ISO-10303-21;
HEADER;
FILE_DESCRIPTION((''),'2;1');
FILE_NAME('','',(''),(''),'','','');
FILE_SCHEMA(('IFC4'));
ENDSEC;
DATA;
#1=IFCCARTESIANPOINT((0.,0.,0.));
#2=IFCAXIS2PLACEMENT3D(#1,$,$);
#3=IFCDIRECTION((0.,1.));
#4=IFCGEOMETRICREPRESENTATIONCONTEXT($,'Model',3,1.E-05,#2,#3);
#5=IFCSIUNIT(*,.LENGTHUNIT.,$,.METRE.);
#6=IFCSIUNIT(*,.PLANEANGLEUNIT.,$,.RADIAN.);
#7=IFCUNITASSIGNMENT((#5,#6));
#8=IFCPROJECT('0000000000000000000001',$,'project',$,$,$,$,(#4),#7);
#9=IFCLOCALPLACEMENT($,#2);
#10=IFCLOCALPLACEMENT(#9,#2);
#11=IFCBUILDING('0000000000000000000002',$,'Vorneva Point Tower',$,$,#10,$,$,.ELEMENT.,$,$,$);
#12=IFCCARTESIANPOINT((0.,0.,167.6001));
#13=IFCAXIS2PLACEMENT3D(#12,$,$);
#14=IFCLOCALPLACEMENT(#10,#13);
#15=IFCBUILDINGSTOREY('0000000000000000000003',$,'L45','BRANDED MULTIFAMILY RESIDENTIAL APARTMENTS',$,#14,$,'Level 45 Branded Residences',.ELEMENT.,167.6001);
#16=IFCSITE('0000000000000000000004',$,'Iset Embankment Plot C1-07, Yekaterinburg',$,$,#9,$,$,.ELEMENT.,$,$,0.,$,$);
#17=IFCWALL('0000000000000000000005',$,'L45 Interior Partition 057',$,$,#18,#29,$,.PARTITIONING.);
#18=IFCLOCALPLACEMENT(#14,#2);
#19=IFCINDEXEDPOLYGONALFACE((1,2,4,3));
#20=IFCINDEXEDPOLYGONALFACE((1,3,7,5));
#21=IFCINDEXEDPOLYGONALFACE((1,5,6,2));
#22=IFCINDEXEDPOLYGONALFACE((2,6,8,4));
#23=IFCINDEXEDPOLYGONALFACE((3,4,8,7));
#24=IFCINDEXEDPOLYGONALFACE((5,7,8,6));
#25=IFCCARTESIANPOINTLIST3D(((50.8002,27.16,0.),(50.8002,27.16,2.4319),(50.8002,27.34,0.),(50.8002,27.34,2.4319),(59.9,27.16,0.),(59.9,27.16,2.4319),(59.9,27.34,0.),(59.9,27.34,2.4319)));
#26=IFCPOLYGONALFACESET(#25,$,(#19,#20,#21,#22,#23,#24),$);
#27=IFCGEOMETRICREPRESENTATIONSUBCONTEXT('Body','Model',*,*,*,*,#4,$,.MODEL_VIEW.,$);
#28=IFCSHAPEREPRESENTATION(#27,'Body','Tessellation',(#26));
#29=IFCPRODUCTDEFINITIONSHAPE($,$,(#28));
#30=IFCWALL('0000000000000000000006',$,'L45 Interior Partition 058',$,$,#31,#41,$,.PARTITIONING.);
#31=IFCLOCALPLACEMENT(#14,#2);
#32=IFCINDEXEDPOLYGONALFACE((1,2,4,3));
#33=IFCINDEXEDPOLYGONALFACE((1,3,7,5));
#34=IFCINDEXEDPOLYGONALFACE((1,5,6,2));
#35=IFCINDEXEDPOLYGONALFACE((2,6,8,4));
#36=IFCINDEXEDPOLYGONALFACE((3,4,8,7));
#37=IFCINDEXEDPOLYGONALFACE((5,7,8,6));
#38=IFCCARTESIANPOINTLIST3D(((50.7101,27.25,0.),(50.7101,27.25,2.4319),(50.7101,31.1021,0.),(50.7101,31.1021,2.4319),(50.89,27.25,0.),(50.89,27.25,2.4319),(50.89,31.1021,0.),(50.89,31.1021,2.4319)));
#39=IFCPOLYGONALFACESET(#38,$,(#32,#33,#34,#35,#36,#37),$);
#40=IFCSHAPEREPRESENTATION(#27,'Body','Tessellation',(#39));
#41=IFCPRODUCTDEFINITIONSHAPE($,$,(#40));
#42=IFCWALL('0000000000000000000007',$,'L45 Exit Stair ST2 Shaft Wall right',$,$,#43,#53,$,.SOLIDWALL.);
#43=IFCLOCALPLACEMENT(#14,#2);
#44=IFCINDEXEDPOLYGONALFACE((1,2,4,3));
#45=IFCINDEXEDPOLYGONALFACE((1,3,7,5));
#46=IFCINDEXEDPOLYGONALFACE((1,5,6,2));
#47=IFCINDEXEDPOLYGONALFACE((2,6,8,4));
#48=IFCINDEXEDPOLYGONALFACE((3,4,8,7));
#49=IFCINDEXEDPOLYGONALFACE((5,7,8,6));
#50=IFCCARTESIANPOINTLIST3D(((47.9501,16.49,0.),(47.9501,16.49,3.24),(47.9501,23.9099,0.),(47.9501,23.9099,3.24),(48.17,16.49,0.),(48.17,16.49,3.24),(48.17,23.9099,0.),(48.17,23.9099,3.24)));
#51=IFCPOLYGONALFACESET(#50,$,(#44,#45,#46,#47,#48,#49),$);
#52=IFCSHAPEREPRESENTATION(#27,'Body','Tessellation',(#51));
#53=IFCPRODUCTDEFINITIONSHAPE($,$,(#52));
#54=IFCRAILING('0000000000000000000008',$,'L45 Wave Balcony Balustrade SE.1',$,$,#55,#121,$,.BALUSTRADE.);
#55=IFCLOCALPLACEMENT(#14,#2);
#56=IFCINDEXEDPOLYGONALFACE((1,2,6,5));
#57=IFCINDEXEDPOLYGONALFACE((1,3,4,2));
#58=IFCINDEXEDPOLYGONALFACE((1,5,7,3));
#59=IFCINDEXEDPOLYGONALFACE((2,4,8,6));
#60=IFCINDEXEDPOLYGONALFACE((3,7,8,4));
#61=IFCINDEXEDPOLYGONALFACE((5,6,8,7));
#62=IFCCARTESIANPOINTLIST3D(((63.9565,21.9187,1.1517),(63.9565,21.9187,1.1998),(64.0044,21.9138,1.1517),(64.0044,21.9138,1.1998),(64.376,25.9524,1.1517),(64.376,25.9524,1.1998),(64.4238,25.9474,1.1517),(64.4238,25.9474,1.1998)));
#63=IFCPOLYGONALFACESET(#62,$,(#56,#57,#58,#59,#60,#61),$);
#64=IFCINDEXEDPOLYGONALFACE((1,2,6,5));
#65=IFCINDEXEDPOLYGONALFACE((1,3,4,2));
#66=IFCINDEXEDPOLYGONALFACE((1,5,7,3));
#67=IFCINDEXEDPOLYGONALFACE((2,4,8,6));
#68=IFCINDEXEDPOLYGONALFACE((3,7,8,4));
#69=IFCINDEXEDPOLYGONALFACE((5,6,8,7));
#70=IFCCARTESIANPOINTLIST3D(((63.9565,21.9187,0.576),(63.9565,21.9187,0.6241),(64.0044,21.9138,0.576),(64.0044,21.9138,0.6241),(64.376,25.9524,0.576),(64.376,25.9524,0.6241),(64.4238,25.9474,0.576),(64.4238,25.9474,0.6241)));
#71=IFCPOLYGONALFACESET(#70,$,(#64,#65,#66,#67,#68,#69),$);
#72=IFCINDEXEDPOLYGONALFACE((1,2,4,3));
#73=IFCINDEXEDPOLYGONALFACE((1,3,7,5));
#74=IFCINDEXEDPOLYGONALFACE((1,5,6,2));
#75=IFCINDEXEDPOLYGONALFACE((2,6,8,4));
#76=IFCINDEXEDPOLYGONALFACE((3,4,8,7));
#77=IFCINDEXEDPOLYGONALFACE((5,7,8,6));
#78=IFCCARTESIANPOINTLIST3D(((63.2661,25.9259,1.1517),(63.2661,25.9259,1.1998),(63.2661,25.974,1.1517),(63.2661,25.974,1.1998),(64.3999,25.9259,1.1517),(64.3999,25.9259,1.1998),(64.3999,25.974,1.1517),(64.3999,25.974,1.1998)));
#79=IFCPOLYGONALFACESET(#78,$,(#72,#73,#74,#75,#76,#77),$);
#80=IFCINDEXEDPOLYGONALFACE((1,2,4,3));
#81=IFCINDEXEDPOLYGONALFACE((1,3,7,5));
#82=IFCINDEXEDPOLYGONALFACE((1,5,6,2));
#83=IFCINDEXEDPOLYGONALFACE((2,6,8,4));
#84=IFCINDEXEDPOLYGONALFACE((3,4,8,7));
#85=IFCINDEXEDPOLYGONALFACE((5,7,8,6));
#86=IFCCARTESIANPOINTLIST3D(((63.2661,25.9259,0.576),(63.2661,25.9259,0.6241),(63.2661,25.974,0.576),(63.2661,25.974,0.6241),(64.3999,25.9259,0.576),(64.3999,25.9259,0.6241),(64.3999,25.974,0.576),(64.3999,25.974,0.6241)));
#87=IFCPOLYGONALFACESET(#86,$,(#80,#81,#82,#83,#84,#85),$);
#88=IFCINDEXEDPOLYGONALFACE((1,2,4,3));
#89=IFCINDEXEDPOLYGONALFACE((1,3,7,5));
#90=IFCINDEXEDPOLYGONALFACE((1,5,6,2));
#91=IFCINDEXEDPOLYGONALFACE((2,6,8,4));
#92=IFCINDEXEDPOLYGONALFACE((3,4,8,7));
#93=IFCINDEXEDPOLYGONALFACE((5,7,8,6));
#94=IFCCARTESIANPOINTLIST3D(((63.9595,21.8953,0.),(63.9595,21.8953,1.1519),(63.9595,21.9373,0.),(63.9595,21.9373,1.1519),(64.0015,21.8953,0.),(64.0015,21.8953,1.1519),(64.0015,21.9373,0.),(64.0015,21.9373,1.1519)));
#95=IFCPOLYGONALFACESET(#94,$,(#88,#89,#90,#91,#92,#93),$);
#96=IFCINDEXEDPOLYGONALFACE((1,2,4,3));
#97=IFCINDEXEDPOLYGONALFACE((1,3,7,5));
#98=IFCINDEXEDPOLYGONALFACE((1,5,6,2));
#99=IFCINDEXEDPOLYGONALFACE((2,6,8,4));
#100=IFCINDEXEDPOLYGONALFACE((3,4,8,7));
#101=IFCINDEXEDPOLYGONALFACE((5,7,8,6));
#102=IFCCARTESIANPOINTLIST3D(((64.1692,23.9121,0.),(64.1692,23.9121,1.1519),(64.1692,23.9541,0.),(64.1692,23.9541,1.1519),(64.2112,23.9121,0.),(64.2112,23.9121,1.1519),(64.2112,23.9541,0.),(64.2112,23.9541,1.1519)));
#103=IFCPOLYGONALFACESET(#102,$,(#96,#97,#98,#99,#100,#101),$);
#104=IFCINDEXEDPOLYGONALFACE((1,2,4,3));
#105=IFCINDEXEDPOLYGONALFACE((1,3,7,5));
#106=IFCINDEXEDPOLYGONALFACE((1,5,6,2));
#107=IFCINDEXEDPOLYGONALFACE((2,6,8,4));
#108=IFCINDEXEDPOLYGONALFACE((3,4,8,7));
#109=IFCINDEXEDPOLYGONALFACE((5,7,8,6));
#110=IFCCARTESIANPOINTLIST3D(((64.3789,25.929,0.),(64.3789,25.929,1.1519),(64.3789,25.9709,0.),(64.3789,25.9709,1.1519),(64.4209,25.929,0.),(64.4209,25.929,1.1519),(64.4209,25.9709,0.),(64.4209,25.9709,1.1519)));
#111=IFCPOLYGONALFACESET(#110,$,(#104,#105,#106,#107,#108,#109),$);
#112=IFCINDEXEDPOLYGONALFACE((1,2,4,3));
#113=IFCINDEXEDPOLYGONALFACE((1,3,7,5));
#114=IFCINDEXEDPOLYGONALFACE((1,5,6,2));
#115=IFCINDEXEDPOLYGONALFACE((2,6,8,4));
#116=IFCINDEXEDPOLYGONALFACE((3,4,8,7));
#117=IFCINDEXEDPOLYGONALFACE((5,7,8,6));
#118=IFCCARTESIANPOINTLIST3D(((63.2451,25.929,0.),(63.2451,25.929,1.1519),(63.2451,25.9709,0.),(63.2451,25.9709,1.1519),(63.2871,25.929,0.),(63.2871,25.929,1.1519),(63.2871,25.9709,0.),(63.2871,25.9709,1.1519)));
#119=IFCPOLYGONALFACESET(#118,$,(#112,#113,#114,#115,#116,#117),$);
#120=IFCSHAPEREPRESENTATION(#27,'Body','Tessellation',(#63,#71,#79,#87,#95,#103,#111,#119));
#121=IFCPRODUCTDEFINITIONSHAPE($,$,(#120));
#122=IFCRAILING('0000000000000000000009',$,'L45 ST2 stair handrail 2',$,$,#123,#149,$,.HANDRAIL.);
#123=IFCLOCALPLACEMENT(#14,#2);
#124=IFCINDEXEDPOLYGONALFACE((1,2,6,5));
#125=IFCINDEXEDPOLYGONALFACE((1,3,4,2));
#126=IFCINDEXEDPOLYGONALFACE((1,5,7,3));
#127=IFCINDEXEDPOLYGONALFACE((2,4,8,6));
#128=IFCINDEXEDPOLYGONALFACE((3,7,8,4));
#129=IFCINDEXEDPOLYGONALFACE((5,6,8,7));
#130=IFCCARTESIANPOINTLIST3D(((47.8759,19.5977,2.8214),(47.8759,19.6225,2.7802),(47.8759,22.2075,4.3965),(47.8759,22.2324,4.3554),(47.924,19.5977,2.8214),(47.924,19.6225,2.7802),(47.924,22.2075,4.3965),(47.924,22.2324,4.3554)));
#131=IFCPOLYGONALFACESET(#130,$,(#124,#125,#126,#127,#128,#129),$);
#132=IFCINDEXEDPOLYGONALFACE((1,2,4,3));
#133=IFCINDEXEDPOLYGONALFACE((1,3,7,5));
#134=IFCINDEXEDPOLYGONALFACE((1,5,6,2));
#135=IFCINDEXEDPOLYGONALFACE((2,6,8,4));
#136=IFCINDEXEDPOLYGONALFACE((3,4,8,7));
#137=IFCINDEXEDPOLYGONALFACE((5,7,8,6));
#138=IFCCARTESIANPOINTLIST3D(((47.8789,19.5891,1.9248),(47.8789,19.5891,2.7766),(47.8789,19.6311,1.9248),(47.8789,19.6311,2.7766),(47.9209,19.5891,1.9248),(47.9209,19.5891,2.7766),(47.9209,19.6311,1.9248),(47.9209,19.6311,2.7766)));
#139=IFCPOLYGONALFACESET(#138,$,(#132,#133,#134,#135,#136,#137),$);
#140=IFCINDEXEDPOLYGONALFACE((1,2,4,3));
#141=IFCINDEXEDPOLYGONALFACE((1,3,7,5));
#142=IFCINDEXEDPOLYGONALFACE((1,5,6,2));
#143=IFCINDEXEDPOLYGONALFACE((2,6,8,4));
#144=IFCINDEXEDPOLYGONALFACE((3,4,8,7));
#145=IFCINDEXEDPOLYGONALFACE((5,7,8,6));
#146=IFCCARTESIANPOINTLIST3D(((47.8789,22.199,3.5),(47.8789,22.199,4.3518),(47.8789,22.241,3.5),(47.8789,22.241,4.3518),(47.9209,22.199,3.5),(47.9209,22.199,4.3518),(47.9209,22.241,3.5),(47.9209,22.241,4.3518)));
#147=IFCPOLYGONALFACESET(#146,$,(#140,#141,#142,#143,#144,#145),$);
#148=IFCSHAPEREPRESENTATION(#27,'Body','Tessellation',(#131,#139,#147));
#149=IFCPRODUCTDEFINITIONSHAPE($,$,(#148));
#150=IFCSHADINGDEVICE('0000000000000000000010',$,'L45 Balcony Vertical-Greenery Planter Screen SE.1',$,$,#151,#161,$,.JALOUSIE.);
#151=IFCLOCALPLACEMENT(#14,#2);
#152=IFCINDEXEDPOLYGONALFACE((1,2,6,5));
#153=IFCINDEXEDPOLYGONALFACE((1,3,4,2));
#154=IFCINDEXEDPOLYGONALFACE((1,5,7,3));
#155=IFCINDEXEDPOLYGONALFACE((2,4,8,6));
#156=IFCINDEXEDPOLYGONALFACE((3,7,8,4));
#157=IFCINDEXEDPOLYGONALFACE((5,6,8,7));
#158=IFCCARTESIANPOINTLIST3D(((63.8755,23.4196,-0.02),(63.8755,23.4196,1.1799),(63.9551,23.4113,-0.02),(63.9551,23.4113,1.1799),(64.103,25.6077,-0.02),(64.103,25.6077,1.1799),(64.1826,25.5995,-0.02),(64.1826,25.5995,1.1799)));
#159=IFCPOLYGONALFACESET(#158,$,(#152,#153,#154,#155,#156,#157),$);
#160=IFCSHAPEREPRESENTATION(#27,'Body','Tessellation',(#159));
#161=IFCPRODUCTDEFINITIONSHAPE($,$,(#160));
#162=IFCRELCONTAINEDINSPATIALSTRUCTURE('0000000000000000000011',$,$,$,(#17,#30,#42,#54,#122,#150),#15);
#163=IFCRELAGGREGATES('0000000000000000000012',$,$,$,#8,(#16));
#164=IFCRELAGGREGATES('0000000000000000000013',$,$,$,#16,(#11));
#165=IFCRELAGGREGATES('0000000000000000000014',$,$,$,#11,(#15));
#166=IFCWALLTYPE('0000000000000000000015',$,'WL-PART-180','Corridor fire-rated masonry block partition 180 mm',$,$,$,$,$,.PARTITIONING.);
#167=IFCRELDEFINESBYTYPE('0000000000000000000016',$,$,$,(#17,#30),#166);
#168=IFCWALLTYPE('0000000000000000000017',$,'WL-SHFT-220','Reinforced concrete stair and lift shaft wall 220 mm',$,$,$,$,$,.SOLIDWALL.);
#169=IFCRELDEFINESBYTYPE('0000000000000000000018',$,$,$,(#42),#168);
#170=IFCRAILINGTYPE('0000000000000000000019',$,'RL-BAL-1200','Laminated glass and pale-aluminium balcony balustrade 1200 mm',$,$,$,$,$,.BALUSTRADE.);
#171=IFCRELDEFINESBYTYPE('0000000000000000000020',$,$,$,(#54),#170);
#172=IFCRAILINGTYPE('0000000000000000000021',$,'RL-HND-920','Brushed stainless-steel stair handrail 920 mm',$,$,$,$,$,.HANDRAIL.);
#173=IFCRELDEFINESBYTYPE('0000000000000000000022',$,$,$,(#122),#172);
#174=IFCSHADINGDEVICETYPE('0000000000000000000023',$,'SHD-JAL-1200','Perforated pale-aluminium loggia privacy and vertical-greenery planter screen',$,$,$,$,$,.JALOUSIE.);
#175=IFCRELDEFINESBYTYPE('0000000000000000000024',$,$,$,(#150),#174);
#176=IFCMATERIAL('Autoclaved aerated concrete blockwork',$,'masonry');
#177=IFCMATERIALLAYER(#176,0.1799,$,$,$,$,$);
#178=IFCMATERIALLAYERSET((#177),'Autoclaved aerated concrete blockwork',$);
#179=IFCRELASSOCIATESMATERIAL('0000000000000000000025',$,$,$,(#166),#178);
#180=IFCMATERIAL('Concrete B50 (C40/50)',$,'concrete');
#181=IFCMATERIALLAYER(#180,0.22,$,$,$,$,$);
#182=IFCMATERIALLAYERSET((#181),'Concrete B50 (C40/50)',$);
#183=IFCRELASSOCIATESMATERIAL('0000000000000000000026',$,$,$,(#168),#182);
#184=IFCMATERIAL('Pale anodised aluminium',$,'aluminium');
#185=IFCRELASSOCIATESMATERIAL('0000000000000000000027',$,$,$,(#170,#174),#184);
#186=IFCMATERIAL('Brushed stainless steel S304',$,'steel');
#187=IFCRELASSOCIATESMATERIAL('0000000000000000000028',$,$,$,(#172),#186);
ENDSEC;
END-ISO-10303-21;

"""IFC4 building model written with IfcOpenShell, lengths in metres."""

from ifc_helpers import new_model, si_unit, direction, frame, frame_2d, origin, origin_2d, place, context, subcontext, project, spatial, rectangle, extrude, material, layer, layer_set, type_object, element, save


model = new_model("IFC4")

# Units and contexts
model_context = context("Model", 3, precision=1e-05, world=origin(), true_north=direction((0.0, 1.0)))
body_context = subcontext(model_context, "Body", "Model", "MODEL_VIEW")
ifc_project = project(units=[si_unit("LENGTHUNIT", "METRE"), si_unit("PLANEANGLEUNIT", "RADIAN")], contexts=[model_context])

# Site, building, storey
site_placement = place(None, origin())
site = spatial("IfcSite", under=ifc_project, at=site_placement, Name="Iset Embankment Plot C1-07, Yekaterinburg", CompositionType="ELEMENT", RefElevation=0.0)
building_placement = place(site_placement, origin())
building = spatial("IfcBuilding", under=site, at=building_placement, Name="Vorneva Point Tower", CompositionType="ELEMENT")
storey_placement = place(building_placement, frame((0.0, 0.0, 167.6001)))
storey = spatial("IfcBuildingStorey", under=building, at=storey_placement, Name="L45", Description="BRANDED MULTIFAMILY RESIDENTIAL APARTMENTS", LongName="Level 45 Branded Residences", CompositionType="ELEMENT", Elevation=167.6001)

# Shared definitions
ifc_material_1 = material(Name="Pale anodised aluminium", Category="aluminium")

# Shared definitions
ifc_material_2 = material(Name="Autoclaved aerated concrete blockwork", Category="masonry")
ifc_layer_1 = layer(ifc_material_2, 0.1799)
ifc_layer_set_1 = layer_set([ifc_layer_1], Name="Autoclaved aerated concrete blockwork")
wall_type_1 = type_object("IfcWallType", Name="WL-PART-180", Description="Corridor fire-rated masonry block partition 180 mm", PredefinedType="PARTITIONING", material=ifc_layer_set_1)

# Walls
wall_1_placement = place(storey_placement, frame((59.8999, 27.25, 0.0), z_axis=(0.0, 0.0, 1.0), x_axis=(-1.0, 0.0, 0.0)))
element("IfcWall", 1, at=wall_1_placement, inside=storey, type_object=wall_type_1, Name="L45 Interior Partition 057", PredefinedType="PARTITIONING", context=body_context, shape_type="SweptSolid", body=[
    extrude(rectangle(XDim=9.0999, YDim=0.1799, at=frame_2d((4.5498, 0.0))), origin(), (0.0, 0.0, 1.0), 2.4319),
])
wall_2_placement = place(storey_placement, frame((50.8, 27.25, 0.0), z_axis=(0.0, 0.0, 1.0), x_axis=(0.0, 1.0, 0.0)))
element("IfcWall", 2, at=wall_2_placement, inside=storey, type_object=wall_type_1, Name="L45 Interior Partition 058", PredefinedType="PARTITIONING", context=body_context, shape_type="SweptSolid", body=[
    extrude(rectangle(XDim=3.8521, YDim=0.1799, at=frame_2d((1.926, 0.0))), origin(), (0.0, 0.0, 1.0), 2.4319),
])
ifc_material_3 = material(Name="Concrete B50 (C40/50)", Category="concrete")
ifc_layer_2 = layer(ifc_material_3, 0.22)
ifc_layer_set_2 = layer_set([ifc_layer_2], Name="Concrete B50 (C40/50)")
wall_type_2 = type_object("IfcWallType", Name="WL-SHFT-220", Description="Reinforced concrete stair and lift shaft wall 220 mm", PredefinedType="SOLIDWALL", material=ifc_layer_set_2)
wall_3_placement = place(storey_placement, frame((48.0601, 23.9099, 0.0), z_axis=(0.0, 0.0, 1.0), x_axis=(0.0, -1.0, 0.0)))
element("IfcWall", 3, at=wall_3_placement, inside=storey, type_object=wall_type_2, Name="L45 Exit Stair ST2 Shaft Wall right", PredefinedType="SOLIDWALL", context=body_context, shape_type="SweptSolid", body=[
    extrude(rectangle(XDim=7.4199, YDim=0.22, at=frame_2d((3.71, 0.0))), origin(), (0.0, 0.0, 1.0), 3.24),
])

# Railings
railing_type_1 = type_object("IfcRailingType", Name="RL-BAL-1200", Description="Laminated glass and pale-aluminium balcony balustrade 1200 mm", PredefinedType="BALUSTRADE", material=ifc_material_1)
railing_1_placement = place(storey_placement, frame((63.9805, 21.9163, 0.0)))
element("IfcRailing", 4, at=railing_1_placement, inside=storey, type_object=railing_type_1, Name="L45 Wave Balcony Balustrade SE.1", PredefinedType="BALUSTRADE", context=body_context, shape_type="SweptSolid", body=[
    extrude(rectangle(XDim=0.0481, YDim=0.0481, at=origin_2d()), frame((0.0, 0.0, 1.1758), z_axis=(0.103425, 0.994637, 0.0), x_axis=(-0.994637, 0.103425, 0.0)), (0.0, 0.0, 1.0), 4.0554),
    extrude(rectangle(XDim=0.0481, YDim=0.0481, at=origin_2d()), frame((0.0, 0.0, 0.6001), z_axis=(0.103425, 0.994637, 0.0), x_axis=(-0.994637, 0.103425, 0.0)), (0.0, 0.0, 1.0), 4.0554),
    extrude(rectangle(XDim=0.0481, YDim=0.0481, at=origin_2d()), frame((0.4194, 4.0337, 1.1758), z_axis=(-1.0, 0.0, 0.0), x_axis=(0.0, -1.0, 0.0)), (0.0, 0.0, 1.0), 1.1338),
    extrude(rectangle(XDim=0.0481, YDim=0.0481, at=origin_2d()), frame((0.4194, 4.0337, 0.6001), z_axis=(-1.0, 0.0, 0.0), x_axis=(0.0, -1.0, 0.0)), (0.0, 0.0, 1.0), 1.1338),
    extrude(rectangle(XDim=0.042, YDim=0.042, at=origin_2d()), origin(), (0.0, 0.0, 1.0), 1.1519),
    extrude(rectangle(XDim=0.042, YDim=0.042, at=origin_2d()), frame((0.2097, 2.0168, 0.0)), (0.0, 0.0, 1.0), 1.1519),
    extrude(rectangle(XDim=0.042, YDim=0.042, at=origin_2d()), frame((0.4194, 4.0337, 0.0)), (0.0, 0.0, 1.0), 1.1519),
    extrude(rectangle(XDim=0.042, YDim=0.042, at=origin_2d()), frame((-0.7144, 4.0337, 0.0)), (0.0, 0.0, 1.0), 1.1519),
])
ifc_material_4 = material(Name="Brushed stainless steel S304", Category="steel")
railing_type_2 = type_object("IfcRailingType", Name="RL-HND-920", Description="Brushed stainless-steel stair handrail 920 mm", PredefinedType="HANDRAIL", material=ifc_material_4)
railing_2_placement = place(storey_placement, frame((47.8999, 19.6101, 1.9248)))
element("IfcRailing", 5, at=railing_2_placement, inside=storey, type_object=railing_type_2, Name="L45 ST2 stair handrail 2", PredefinedType="HANDRAIL", context=body_context, shape_type="SweptSolid", body=[
    extrude(rectangle(XDim=0.0481, YDim=0.0481, at=origin_2d()), frame((0.0, 0.0, 0.876), z_axis=(0.0, 0.856147, 0.516732), x_axis=(-1.0, 0.0, 0.0)), (0.0, 0.0, 1.0), 3.0483),
    extrude(rectangle(XDim=0.042, YDim=0.042, at=origin_2d()), origin(), (0.0, 0.0, 1.0), 0.8518),
    extrude(rectangle(XDim=0.042, YDim=0.042, at=origin_2d()), frame((0.0, 2.6099, 1.5752)), (0.0, 0.0, 1.0), 0.8518),
])

# Shading device
shading_device_type = type_object("IfcShadingDeviceType", Name="SHD-JAL-1200", Description="Perforated pale-aluminium loggia privacy and vertical-greenery planter screen", PredefinedType="JALOUSIE", material=ifc_material_1)
shading_device_placement = place(storey_placement, frame((64.0291, 24.5095, -0.02), z_axis=(0.0, 0.0, 1.0), x_axis=(0.1034, 0.99464, 0.0)))
element("IfcShadingDevice", 6, at=shading_device_placement, inside=storey, type_object=shading_device_type, Name="L45 Balcony Vertical-Greenery Planter Screen SE.1", PredefinedType="JALOUSIE", context=body_context, shape_type="SweptSolid", body=[
    extrude(rectangle(XDim=2.2, YDim=0.0801, at=origin_2d()), origin(), (0.0, 0.0, 1.0), 1.2),
])

save(model, "model.ifc")
